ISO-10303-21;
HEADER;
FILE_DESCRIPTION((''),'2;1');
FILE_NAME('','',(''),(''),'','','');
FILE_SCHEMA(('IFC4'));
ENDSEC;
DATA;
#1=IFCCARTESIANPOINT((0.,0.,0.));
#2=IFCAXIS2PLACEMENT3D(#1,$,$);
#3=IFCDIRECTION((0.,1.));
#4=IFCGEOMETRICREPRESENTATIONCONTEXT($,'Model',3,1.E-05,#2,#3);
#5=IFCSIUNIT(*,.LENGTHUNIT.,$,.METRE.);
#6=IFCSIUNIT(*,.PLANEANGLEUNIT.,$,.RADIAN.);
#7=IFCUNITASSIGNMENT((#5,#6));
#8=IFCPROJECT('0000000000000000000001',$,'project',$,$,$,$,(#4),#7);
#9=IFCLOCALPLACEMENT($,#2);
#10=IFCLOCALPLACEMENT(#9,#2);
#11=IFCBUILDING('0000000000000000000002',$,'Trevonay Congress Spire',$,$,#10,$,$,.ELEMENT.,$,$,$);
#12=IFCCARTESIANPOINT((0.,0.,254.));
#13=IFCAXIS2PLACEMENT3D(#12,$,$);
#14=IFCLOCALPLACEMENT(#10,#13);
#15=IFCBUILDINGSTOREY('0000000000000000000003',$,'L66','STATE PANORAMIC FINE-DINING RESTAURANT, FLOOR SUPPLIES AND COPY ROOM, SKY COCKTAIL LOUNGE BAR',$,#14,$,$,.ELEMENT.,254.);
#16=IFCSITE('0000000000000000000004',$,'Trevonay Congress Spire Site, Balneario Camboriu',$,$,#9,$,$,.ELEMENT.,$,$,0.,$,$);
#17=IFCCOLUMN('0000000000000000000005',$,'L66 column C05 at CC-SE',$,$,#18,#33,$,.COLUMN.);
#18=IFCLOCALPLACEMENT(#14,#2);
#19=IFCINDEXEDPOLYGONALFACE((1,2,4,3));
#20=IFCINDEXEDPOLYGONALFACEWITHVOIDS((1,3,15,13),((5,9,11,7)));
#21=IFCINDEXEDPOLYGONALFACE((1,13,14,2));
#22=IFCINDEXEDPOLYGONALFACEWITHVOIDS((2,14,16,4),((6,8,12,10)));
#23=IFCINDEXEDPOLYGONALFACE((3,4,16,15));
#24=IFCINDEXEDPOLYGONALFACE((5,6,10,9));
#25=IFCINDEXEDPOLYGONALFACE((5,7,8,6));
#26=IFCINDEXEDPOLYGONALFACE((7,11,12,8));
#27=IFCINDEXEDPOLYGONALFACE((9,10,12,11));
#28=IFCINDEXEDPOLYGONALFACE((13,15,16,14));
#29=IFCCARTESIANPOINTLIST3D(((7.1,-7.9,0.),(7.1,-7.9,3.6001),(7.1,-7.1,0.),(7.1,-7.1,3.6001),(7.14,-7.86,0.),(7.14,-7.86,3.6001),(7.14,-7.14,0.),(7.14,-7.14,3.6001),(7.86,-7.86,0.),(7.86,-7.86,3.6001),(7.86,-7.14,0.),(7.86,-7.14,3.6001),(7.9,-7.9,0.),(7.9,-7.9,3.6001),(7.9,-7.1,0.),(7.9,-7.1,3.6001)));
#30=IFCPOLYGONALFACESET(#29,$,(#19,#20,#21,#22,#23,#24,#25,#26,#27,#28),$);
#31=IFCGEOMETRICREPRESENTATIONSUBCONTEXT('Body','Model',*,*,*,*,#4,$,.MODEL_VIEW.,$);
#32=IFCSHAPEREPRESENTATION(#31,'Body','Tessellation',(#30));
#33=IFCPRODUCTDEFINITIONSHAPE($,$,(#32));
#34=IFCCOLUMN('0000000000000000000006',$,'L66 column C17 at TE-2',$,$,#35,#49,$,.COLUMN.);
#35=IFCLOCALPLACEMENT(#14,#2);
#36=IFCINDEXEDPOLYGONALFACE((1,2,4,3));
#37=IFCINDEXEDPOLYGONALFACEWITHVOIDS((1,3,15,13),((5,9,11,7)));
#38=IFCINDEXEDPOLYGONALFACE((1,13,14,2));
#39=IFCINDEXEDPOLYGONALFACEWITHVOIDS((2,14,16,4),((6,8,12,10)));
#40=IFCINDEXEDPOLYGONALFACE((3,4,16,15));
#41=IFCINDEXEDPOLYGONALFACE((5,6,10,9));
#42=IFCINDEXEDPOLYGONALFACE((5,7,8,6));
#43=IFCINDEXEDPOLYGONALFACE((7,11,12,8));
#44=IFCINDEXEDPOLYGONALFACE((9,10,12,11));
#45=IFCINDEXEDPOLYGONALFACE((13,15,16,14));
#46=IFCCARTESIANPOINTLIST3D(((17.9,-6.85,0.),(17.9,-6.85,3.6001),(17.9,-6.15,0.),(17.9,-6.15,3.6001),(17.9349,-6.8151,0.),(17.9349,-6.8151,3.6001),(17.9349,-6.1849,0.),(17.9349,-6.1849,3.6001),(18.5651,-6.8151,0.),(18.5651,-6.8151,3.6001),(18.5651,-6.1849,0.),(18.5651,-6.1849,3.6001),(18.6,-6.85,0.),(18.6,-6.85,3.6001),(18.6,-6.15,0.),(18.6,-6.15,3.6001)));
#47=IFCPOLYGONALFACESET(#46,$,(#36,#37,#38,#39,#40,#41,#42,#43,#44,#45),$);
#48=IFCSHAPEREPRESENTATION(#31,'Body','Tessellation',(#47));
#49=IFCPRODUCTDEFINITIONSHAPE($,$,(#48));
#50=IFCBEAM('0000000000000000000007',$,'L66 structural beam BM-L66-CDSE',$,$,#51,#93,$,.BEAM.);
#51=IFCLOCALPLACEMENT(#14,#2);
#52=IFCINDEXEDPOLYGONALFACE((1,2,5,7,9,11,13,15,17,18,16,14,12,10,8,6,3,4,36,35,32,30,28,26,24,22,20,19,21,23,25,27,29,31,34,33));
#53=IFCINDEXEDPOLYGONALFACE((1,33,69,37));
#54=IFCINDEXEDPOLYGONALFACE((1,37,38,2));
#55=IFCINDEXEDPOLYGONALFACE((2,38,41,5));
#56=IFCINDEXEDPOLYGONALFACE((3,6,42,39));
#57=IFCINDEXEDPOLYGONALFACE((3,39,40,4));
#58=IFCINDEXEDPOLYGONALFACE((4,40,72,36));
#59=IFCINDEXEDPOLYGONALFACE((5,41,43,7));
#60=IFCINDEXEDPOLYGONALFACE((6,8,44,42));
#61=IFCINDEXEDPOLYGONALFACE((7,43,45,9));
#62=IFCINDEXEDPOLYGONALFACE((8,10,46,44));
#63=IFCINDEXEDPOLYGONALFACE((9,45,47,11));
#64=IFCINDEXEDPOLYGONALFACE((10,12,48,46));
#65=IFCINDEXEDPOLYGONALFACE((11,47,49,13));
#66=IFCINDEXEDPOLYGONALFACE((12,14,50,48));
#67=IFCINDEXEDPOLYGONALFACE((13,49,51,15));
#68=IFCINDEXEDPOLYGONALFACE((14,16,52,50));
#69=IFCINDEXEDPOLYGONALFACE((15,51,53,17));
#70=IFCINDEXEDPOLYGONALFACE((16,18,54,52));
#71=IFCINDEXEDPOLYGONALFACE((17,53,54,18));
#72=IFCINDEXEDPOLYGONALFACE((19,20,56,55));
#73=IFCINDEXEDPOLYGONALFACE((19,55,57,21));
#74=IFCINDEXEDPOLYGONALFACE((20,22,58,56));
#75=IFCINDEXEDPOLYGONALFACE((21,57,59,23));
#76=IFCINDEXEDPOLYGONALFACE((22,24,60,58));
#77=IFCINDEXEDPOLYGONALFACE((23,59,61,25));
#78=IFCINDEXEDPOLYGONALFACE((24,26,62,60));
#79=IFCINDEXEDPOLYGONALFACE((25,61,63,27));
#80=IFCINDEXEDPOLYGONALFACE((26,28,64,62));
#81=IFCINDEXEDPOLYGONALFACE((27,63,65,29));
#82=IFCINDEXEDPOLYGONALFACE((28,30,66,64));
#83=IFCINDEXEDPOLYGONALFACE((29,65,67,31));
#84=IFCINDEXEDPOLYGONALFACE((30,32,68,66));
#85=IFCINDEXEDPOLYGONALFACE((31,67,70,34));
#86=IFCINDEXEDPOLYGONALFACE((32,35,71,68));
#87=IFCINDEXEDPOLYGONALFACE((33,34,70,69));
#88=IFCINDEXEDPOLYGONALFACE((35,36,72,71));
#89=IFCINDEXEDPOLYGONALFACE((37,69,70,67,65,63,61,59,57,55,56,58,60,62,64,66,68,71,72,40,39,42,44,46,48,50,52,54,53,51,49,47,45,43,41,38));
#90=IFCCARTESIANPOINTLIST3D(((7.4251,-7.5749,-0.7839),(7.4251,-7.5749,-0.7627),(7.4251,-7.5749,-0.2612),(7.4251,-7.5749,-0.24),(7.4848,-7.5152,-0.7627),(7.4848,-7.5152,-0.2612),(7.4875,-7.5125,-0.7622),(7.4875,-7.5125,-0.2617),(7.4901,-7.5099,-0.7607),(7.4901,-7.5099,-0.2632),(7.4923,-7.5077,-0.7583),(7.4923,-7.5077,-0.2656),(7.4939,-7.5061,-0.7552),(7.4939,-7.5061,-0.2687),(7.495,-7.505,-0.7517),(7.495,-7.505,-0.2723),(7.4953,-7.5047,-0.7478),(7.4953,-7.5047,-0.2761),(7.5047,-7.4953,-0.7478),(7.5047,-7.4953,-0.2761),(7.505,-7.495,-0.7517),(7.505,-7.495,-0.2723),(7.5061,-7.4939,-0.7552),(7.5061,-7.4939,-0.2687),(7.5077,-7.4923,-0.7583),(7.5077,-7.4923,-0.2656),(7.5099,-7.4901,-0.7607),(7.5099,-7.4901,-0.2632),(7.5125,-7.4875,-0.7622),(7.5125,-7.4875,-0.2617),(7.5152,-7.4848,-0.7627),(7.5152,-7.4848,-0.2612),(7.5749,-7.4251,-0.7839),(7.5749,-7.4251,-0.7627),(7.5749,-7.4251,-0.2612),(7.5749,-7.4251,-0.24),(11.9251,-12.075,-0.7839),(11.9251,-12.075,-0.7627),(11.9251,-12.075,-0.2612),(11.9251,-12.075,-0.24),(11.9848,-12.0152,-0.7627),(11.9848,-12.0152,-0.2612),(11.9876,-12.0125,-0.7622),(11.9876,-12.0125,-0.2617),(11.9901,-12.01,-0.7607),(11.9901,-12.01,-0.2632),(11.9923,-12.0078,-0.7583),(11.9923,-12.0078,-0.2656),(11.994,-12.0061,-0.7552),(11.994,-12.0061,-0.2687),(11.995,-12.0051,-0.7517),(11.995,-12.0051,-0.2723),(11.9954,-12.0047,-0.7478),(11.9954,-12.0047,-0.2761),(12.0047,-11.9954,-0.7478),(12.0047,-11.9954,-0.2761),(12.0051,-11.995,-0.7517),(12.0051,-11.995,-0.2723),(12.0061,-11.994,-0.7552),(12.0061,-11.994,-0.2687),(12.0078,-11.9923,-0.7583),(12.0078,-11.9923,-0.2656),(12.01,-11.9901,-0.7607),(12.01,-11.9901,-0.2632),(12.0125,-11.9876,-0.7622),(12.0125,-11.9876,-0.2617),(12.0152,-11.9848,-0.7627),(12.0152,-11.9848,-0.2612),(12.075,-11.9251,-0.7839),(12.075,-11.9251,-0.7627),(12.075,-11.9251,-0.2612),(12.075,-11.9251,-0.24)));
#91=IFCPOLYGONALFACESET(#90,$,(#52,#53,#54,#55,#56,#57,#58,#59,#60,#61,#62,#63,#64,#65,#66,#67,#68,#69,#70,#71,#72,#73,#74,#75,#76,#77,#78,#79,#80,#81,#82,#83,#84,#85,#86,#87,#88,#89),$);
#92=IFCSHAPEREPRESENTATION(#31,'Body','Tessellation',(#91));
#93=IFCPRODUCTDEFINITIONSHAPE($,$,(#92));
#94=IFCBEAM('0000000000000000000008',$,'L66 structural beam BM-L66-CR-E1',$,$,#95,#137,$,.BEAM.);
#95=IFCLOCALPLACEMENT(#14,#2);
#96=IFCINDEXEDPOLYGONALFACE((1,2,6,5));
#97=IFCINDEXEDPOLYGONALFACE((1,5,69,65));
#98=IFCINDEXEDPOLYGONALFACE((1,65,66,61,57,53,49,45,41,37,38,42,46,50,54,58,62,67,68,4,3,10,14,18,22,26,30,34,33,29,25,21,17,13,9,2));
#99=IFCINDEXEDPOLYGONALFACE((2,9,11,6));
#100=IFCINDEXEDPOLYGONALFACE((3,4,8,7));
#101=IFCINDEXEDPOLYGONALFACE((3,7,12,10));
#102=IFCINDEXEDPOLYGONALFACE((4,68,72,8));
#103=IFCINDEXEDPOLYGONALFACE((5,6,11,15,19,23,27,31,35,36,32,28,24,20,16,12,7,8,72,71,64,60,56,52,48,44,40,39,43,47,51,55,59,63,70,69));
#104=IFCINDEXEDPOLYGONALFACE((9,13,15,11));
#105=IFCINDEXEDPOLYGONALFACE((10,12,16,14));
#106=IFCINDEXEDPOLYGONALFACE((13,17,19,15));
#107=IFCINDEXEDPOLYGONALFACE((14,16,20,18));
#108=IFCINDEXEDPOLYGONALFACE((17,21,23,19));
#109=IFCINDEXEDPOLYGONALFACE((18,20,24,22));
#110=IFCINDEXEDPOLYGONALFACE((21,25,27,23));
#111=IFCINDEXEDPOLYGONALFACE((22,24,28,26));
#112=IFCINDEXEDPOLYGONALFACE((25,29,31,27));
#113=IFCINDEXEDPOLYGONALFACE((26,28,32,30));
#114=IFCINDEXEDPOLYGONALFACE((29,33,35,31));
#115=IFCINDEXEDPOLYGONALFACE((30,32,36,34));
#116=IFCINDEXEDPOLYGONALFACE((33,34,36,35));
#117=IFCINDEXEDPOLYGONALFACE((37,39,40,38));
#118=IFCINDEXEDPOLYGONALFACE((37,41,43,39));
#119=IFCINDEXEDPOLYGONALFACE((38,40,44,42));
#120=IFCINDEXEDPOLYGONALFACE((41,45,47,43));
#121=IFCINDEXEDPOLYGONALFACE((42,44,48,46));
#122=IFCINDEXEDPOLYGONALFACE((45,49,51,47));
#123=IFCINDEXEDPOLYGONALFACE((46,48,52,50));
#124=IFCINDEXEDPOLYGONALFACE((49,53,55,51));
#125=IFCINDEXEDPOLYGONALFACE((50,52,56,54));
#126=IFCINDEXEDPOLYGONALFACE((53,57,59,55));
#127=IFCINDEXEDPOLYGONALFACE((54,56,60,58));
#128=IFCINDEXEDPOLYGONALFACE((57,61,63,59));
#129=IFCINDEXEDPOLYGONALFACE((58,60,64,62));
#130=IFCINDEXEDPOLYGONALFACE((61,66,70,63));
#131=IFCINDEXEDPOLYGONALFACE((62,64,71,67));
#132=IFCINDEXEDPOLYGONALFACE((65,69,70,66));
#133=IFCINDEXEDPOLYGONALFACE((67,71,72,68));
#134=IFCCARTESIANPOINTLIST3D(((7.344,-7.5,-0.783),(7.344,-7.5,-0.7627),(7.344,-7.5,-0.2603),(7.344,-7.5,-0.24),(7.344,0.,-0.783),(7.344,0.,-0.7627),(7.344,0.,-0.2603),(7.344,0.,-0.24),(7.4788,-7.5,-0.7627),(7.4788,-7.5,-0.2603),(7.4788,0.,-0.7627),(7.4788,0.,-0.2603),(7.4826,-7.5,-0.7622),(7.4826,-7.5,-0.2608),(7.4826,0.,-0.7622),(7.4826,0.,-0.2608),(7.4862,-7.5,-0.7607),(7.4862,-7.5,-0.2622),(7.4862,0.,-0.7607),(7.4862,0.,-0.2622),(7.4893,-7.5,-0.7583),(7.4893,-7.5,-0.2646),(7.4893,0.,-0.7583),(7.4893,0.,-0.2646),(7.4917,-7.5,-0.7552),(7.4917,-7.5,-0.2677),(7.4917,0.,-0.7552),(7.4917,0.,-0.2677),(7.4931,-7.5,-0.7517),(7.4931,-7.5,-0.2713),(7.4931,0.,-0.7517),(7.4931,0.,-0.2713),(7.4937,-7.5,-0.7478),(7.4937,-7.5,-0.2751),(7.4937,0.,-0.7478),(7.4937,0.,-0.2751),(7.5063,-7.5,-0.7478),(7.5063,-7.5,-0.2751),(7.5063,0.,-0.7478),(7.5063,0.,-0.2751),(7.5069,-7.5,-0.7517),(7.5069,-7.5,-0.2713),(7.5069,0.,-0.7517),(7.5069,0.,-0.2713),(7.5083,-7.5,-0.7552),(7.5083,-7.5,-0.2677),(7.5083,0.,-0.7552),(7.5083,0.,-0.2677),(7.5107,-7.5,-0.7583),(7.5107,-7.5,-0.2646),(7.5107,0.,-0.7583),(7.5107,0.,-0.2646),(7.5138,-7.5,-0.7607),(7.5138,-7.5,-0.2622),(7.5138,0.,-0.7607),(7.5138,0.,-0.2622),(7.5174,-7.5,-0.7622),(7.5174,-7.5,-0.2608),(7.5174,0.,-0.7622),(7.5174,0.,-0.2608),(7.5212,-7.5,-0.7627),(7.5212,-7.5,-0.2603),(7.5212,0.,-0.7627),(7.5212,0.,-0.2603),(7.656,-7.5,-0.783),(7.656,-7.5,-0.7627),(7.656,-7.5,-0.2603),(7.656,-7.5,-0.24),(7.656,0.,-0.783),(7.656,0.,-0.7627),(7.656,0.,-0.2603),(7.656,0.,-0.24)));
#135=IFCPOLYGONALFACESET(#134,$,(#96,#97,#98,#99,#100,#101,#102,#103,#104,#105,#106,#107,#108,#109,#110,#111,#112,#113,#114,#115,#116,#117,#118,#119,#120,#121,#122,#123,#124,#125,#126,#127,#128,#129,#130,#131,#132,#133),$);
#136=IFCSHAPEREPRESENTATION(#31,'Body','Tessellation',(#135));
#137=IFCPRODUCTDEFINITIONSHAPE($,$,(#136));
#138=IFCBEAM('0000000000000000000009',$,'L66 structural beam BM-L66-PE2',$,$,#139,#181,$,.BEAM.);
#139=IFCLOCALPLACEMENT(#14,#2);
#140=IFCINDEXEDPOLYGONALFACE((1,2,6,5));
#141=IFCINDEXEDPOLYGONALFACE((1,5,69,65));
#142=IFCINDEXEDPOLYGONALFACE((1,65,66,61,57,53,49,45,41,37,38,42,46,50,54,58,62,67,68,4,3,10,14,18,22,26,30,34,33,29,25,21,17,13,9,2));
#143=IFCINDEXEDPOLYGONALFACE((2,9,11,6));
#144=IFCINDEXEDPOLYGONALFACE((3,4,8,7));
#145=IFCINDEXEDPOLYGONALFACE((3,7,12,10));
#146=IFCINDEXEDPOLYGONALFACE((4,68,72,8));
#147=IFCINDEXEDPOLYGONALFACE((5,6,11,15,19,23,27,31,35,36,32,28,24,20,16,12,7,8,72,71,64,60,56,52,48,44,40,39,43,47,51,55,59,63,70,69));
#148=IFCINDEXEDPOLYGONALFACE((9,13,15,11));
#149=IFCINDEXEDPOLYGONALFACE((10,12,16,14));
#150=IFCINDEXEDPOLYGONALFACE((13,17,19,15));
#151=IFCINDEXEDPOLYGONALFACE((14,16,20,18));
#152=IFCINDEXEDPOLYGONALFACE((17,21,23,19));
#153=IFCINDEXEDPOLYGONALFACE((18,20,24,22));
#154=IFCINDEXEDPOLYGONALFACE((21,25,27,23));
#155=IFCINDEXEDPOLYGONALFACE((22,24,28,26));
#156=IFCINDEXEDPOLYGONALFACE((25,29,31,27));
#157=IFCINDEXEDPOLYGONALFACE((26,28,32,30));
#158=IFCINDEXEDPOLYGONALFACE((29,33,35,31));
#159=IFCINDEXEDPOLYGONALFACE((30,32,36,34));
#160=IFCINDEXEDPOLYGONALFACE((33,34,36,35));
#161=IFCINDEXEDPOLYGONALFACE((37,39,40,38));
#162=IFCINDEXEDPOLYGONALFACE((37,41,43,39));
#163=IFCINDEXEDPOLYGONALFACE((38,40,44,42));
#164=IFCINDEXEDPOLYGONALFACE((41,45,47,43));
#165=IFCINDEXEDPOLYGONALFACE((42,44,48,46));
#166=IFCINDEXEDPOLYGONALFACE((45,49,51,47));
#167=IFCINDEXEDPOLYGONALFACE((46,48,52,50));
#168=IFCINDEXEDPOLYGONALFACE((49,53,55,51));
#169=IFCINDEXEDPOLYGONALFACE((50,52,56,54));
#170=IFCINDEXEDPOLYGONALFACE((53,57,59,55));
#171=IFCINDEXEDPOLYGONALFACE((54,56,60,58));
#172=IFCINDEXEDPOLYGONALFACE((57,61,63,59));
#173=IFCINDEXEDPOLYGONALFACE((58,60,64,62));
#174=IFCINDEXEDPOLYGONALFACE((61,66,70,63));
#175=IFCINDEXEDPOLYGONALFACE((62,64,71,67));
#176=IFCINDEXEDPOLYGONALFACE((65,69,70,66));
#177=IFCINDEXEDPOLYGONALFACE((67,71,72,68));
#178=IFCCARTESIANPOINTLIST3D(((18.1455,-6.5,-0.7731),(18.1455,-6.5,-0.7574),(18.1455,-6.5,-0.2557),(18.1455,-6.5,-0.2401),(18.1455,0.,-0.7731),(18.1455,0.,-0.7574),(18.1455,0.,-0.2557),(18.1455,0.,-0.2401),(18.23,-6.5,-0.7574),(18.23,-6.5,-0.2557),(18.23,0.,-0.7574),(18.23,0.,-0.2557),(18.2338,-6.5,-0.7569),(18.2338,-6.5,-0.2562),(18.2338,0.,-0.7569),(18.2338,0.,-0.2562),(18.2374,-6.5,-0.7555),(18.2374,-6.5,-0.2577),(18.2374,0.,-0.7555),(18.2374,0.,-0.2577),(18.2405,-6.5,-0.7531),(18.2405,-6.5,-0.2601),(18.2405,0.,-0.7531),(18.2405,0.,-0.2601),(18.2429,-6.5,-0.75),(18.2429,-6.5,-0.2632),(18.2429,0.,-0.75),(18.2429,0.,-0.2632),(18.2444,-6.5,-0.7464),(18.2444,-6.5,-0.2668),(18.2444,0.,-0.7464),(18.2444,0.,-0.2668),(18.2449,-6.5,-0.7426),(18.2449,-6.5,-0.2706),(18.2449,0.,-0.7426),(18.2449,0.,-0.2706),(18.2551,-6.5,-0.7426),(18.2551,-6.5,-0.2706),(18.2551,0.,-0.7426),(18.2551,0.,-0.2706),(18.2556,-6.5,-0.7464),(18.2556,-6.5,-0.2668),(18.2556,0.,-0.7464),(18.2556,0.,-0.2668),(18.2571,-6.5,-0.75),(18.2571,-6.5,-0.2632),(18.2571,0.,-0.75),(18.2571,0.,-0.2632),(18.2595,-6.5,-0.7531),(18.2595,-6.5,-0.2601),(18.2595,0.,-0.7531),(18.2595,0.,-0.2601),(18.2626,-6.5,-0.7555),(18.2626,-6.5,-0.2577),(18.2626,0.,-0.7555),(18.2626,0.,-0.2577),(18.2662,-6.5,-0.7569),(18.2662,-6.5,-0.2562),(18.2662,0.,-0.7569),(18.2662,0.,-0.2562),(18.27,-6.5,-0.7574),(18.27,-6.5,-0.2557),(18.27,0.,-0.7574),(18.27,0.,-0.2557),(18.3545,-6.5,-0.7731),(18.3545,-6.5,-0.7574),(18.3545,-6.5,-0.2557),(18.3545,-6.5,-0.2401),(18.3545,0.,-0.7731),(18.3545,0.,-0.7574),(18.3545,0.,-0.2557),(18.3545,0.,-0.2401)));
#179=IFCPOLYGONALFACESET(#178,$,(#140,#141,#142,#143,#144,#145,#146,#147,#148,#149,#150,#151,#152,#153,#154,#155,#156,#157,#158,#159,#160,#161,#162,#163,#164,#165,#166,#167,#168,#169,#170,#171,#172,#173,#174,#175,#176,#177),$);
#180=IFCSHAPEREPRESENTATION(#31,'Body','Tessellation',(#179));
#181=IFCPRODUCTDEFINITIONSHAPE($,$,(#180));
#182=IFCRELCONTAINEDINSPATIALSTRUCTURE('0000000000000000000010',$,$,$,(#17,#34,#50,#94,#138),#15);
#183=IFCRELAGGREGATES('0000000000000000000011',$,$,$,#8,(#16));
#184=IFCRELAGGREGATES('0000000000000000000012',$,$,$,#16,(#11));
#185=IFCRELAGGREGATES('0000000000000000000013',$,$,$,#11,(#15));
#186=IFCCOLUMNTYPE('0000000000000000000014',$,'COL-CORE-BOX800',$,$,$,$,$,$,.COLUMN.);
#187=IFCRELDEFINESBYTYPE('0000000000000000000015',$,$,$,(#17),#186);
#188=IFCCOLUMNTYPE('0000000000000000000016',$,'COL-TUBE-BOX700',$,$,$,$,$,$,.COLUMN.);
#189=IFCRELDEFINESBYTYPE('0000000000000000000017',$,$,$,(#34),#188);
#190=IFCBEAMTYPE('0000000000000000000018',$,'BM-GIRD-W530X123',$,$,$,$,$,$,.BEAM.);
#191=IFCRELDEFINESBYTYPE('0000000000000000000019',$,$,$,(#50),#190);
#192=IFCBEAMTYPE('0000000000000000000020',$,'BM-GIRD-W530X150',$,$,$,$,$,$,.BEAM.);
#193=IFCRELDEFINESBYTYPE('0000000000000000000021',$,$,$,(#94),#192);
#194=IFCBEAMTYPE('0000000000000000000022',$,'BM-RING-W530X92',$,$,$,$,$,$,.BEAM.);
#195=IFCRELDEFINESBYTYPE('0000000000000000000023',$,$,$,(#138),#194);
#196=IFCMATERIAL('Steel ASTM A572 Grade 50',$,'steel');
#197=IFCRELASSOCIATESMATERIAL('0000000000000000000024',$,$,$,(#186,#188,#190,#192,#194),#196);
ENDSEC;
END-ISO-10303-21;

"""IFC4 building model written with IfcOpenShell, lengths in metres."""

from ifc_helpers import new_model, si_unit, direction, frame, origin, origin_2d, place, context, subcontext, project, spatial, hollow_rectangle, i_section, extrude, material, material_profile, profile_set, type_object, element, save


model = new_model("IFC4")

# Units and contexts
model_context = context("Model", 3, precision=1e-05, world=origin(), true_north=direction((0.0, 1.0)))
body_context = subcontext(model_context, "Body", "Model", "MODEL_VIEW")
ifc_project = project(units=[si_unit("LENGTHUNIT", "METRE"), si_unit("PLANEANGLEUNIT", "RADIAN")], contexts=[model_context])

# Site, building, storey
site_placement = place(None, origin())
site = spatial("IfcSite", under=ifc_project, at=site_placement, Name="Trevonay Congress Spire Site, Balneario Camboriu", CompositionType="ELEMENT", RefElevation=0.0)
building_placement = place(site_placement, origin())
building = spatial("IfcBuilding", under=site, at=building_placement, Name="Trevonay Congress Spire", CompositionType="ELEMENT")
storey_placement = place(building_placement, frame((0.0, 0.0, 254.0)))
storey = spatial("IfcBuildingStorey", under=building, at=storey_placement, Name="L66", Description="STATE PANORAMIC FINE-DINING RESTAURANT, FLOOR SUPPLIES AND COPY ROOM, SKY COCKTAIL LOUNGE BAR", CompositionType="ELEMENT", Elevation=254.0)

# Columns
ifc_material_1 = material(Name="Steel ASTM A572 Grade 50", Category="steel")
ifc_material_profile_1 = material_profile(ifc_material_1, hollow_rectangle(XDim=0.8, YDim=0.8, WallThickness=0.04, at=origin_2d()), Name="BOX 800x800x40")
ifc_profile_set_1 = profile_set([ifc_material_profile_1], Name="Steel ASTM A572 Grade 50")
column_type_1 = type_object("IfcColumnType", Name="COL-CORE-BOX800", PredefinedType="COLUMN", material=ifc_profile_set_1)
column_1_placement = place(storey_placement, frame((7.5, -7.5, 0.0), z_axis=(0.0, 0.0, 1.0), x_axis=(1.0, 0.0, 0.0)))
element("IfcColumn", 1, at=column_1_placement, inside=storey, type_object=column_type_1, Name="L66 column C05 at CC-SE", PredefinedType="COLUMN", context=body_context, shape_type="SweptSolid", body=[
    extrude(hollow_rectangle(XDim=0.8, YDim=0.8, WallThickness=0.04, at=origin_2d()), origin(), (0.0, 0.0, 1.0), 3.6001),
])
ifc_material_profile_2 = material_profile(ifc_material_1, hollow_rectangle(XDim=0.7, YDim=0.7, WallThickness=0.0349, at=origin_2d()), Name="BOX 700x700x35")
ifc_profile_set_2 = profile_set([ifc_material_profile_2], Name="Steel ASTM A572 Grade 50")
column_type_2 = type_object("IfcColumnType", Name="COL-TUBE-BOX700", PredefinedType="COLUMN", material=ifc_profile_set_2)
column_2_placement = place(storey_placement, frame((18.25, -6.5, 0.0), z_axis=(0.0, 0.0, 1.0), x_axis=(1.0, 0.0, 0.0)))
element("IfcColumn", 2, at=column_2_placement, inside=storey, type_object=column_type_2, Name="L66 column C17 at TE-2", PredefinedType="COLUMN", context=body_context, shape_type="SweptSolid", body=[
    extrude(hollow_rectangle(XDim=0.7, YDim=0.7, WallThickness=0.0349, at=origin_2d()), origin(), (0.0, 0.0, 1.0), 3.6001),
])

# Beams
ifc_material_profile_3 = material_profile(ifc_material_1, i_section(OverallWidth=0.2119, OverallDepth=0.5439, WebThickness=0.0132, FlangeThickness=0.0212, FilletRadius=0.0149, at=origin_2d()), Name="W530x123")
ifc_profile_set_3 = profile_set([ifc_material_profile_3], Name="Steel ASTM A572 Grade 50")
beam_type_1 = type_object("IfcBeamType", Name="BM-GIRD-W530X123", PredefinedType="BEAM", material=ifc_profile_set_3)
beam_1_placement = place(storey_placement, frame((7.5, -7.5, -0.512), z_axis=(0.707107, -0.707107, 0.0), x_axis=(0.707107, 0.707107, 0.0)))
element("IfcBeam", 3, at=beam_1_placement, inside=storey, type_object=beam_type_1, Name="L66 structural beam BM-L66-CDSE", PredefinedType="BEAM", context=body_context, shape_type="SweptSolid", body=[
    extrude(i_section(OverallWidth=0.2119, OverallDepth=0.5439, WebThickness=0.0132, FlangeThickness=0.0212, FilletRadius=0.0149, at=origin_2d()), origin(), (0.0, 0.0, 1.0), 6.364),
])
ifc_material_profile_4 = material_profile(ifc_material_1, i_section(OverallWidth=0.312, OverallDepth=0.543, WebThickness=0.0127, FlangeThickness=0.0203, FilletRadius=0.0149, at=origin_2d()), Name="W530x150")
ifc_profile_set_4 = profile_set([ifc_material_profile_4], Name="Steel ASTM A572 Grade 50")
beam_type_2 = type_object("IfcBeamType", Name="BM-GIRD-W530X150", PredefinedType="BEAM", material=ifc_profile_set_4)
beam_2_placement = place(storey_placement, frame((7.5, -7.5, -0.5115), z_axis=(0.0, 1.0, 0.0), x_axis=(-1.0, 0.0, 0.0)))
element("IfcBeam", 4, at=beam_2_placement, inside=storey, type_object=beam_type_2, Name="L66 structural beam BM-L66-CR-E1", PredefinedType="BEAM", context=body_context, shape_type="SweptSolid", body=[
    extrude(i_section(OverallWidth=0.312, OverallDepth=0.543, WebThickness=0.0127, FlangeThickness=0.0203, FilletRadius=0.0149, at=origin_2d()), origin(), (0.0, 0.0, 1.0), 7.5),
])
ifc_material_profile_5 = material_profile(ifc_material_1, i_section(OverallWidth=0.209, OverallDepth=0.533, WebThickness=0.0103, FlangeThickness=0.0156, FilletRadius=0.0149, at=origin_2d()), Name="W530x92")
ifc_profile_set_5 = profile_set([ifc_material_profile_5], Name="Steel ASTM A572 Grade 50")
beam_type_3 = type_object("IfcBeamType", Name="BM-RING-W530X92", PredefinedType="BEAM", material=ifc_profile_set_5)
beam_3_placement = place(storey_placement, frame((18.25, -6.5, -0.5066), z_axis=(0.0, 1.0, 0.0), x_axis=(-1.0, 0.0, 0.0)))
element("IfcBeam", 5, at=beam_3_placement, inside=storey, type_object=beam_type_3, Name="L66 structural beam BM-L66-PE2", PredefinedType="BEAM", context=body_context, shape_type="SweptSolid", body=[
    extrude(i_section(OverallWidth=0.209, OverallDepth=0.533, WebThickness=0.0103, FlangeThickness=0.0156, FilletRadius=0.0149, at=origin_2d()), origin(), (0.0, 0.0, 1.0), 6.5),
])

save(model, "model.ifc")
